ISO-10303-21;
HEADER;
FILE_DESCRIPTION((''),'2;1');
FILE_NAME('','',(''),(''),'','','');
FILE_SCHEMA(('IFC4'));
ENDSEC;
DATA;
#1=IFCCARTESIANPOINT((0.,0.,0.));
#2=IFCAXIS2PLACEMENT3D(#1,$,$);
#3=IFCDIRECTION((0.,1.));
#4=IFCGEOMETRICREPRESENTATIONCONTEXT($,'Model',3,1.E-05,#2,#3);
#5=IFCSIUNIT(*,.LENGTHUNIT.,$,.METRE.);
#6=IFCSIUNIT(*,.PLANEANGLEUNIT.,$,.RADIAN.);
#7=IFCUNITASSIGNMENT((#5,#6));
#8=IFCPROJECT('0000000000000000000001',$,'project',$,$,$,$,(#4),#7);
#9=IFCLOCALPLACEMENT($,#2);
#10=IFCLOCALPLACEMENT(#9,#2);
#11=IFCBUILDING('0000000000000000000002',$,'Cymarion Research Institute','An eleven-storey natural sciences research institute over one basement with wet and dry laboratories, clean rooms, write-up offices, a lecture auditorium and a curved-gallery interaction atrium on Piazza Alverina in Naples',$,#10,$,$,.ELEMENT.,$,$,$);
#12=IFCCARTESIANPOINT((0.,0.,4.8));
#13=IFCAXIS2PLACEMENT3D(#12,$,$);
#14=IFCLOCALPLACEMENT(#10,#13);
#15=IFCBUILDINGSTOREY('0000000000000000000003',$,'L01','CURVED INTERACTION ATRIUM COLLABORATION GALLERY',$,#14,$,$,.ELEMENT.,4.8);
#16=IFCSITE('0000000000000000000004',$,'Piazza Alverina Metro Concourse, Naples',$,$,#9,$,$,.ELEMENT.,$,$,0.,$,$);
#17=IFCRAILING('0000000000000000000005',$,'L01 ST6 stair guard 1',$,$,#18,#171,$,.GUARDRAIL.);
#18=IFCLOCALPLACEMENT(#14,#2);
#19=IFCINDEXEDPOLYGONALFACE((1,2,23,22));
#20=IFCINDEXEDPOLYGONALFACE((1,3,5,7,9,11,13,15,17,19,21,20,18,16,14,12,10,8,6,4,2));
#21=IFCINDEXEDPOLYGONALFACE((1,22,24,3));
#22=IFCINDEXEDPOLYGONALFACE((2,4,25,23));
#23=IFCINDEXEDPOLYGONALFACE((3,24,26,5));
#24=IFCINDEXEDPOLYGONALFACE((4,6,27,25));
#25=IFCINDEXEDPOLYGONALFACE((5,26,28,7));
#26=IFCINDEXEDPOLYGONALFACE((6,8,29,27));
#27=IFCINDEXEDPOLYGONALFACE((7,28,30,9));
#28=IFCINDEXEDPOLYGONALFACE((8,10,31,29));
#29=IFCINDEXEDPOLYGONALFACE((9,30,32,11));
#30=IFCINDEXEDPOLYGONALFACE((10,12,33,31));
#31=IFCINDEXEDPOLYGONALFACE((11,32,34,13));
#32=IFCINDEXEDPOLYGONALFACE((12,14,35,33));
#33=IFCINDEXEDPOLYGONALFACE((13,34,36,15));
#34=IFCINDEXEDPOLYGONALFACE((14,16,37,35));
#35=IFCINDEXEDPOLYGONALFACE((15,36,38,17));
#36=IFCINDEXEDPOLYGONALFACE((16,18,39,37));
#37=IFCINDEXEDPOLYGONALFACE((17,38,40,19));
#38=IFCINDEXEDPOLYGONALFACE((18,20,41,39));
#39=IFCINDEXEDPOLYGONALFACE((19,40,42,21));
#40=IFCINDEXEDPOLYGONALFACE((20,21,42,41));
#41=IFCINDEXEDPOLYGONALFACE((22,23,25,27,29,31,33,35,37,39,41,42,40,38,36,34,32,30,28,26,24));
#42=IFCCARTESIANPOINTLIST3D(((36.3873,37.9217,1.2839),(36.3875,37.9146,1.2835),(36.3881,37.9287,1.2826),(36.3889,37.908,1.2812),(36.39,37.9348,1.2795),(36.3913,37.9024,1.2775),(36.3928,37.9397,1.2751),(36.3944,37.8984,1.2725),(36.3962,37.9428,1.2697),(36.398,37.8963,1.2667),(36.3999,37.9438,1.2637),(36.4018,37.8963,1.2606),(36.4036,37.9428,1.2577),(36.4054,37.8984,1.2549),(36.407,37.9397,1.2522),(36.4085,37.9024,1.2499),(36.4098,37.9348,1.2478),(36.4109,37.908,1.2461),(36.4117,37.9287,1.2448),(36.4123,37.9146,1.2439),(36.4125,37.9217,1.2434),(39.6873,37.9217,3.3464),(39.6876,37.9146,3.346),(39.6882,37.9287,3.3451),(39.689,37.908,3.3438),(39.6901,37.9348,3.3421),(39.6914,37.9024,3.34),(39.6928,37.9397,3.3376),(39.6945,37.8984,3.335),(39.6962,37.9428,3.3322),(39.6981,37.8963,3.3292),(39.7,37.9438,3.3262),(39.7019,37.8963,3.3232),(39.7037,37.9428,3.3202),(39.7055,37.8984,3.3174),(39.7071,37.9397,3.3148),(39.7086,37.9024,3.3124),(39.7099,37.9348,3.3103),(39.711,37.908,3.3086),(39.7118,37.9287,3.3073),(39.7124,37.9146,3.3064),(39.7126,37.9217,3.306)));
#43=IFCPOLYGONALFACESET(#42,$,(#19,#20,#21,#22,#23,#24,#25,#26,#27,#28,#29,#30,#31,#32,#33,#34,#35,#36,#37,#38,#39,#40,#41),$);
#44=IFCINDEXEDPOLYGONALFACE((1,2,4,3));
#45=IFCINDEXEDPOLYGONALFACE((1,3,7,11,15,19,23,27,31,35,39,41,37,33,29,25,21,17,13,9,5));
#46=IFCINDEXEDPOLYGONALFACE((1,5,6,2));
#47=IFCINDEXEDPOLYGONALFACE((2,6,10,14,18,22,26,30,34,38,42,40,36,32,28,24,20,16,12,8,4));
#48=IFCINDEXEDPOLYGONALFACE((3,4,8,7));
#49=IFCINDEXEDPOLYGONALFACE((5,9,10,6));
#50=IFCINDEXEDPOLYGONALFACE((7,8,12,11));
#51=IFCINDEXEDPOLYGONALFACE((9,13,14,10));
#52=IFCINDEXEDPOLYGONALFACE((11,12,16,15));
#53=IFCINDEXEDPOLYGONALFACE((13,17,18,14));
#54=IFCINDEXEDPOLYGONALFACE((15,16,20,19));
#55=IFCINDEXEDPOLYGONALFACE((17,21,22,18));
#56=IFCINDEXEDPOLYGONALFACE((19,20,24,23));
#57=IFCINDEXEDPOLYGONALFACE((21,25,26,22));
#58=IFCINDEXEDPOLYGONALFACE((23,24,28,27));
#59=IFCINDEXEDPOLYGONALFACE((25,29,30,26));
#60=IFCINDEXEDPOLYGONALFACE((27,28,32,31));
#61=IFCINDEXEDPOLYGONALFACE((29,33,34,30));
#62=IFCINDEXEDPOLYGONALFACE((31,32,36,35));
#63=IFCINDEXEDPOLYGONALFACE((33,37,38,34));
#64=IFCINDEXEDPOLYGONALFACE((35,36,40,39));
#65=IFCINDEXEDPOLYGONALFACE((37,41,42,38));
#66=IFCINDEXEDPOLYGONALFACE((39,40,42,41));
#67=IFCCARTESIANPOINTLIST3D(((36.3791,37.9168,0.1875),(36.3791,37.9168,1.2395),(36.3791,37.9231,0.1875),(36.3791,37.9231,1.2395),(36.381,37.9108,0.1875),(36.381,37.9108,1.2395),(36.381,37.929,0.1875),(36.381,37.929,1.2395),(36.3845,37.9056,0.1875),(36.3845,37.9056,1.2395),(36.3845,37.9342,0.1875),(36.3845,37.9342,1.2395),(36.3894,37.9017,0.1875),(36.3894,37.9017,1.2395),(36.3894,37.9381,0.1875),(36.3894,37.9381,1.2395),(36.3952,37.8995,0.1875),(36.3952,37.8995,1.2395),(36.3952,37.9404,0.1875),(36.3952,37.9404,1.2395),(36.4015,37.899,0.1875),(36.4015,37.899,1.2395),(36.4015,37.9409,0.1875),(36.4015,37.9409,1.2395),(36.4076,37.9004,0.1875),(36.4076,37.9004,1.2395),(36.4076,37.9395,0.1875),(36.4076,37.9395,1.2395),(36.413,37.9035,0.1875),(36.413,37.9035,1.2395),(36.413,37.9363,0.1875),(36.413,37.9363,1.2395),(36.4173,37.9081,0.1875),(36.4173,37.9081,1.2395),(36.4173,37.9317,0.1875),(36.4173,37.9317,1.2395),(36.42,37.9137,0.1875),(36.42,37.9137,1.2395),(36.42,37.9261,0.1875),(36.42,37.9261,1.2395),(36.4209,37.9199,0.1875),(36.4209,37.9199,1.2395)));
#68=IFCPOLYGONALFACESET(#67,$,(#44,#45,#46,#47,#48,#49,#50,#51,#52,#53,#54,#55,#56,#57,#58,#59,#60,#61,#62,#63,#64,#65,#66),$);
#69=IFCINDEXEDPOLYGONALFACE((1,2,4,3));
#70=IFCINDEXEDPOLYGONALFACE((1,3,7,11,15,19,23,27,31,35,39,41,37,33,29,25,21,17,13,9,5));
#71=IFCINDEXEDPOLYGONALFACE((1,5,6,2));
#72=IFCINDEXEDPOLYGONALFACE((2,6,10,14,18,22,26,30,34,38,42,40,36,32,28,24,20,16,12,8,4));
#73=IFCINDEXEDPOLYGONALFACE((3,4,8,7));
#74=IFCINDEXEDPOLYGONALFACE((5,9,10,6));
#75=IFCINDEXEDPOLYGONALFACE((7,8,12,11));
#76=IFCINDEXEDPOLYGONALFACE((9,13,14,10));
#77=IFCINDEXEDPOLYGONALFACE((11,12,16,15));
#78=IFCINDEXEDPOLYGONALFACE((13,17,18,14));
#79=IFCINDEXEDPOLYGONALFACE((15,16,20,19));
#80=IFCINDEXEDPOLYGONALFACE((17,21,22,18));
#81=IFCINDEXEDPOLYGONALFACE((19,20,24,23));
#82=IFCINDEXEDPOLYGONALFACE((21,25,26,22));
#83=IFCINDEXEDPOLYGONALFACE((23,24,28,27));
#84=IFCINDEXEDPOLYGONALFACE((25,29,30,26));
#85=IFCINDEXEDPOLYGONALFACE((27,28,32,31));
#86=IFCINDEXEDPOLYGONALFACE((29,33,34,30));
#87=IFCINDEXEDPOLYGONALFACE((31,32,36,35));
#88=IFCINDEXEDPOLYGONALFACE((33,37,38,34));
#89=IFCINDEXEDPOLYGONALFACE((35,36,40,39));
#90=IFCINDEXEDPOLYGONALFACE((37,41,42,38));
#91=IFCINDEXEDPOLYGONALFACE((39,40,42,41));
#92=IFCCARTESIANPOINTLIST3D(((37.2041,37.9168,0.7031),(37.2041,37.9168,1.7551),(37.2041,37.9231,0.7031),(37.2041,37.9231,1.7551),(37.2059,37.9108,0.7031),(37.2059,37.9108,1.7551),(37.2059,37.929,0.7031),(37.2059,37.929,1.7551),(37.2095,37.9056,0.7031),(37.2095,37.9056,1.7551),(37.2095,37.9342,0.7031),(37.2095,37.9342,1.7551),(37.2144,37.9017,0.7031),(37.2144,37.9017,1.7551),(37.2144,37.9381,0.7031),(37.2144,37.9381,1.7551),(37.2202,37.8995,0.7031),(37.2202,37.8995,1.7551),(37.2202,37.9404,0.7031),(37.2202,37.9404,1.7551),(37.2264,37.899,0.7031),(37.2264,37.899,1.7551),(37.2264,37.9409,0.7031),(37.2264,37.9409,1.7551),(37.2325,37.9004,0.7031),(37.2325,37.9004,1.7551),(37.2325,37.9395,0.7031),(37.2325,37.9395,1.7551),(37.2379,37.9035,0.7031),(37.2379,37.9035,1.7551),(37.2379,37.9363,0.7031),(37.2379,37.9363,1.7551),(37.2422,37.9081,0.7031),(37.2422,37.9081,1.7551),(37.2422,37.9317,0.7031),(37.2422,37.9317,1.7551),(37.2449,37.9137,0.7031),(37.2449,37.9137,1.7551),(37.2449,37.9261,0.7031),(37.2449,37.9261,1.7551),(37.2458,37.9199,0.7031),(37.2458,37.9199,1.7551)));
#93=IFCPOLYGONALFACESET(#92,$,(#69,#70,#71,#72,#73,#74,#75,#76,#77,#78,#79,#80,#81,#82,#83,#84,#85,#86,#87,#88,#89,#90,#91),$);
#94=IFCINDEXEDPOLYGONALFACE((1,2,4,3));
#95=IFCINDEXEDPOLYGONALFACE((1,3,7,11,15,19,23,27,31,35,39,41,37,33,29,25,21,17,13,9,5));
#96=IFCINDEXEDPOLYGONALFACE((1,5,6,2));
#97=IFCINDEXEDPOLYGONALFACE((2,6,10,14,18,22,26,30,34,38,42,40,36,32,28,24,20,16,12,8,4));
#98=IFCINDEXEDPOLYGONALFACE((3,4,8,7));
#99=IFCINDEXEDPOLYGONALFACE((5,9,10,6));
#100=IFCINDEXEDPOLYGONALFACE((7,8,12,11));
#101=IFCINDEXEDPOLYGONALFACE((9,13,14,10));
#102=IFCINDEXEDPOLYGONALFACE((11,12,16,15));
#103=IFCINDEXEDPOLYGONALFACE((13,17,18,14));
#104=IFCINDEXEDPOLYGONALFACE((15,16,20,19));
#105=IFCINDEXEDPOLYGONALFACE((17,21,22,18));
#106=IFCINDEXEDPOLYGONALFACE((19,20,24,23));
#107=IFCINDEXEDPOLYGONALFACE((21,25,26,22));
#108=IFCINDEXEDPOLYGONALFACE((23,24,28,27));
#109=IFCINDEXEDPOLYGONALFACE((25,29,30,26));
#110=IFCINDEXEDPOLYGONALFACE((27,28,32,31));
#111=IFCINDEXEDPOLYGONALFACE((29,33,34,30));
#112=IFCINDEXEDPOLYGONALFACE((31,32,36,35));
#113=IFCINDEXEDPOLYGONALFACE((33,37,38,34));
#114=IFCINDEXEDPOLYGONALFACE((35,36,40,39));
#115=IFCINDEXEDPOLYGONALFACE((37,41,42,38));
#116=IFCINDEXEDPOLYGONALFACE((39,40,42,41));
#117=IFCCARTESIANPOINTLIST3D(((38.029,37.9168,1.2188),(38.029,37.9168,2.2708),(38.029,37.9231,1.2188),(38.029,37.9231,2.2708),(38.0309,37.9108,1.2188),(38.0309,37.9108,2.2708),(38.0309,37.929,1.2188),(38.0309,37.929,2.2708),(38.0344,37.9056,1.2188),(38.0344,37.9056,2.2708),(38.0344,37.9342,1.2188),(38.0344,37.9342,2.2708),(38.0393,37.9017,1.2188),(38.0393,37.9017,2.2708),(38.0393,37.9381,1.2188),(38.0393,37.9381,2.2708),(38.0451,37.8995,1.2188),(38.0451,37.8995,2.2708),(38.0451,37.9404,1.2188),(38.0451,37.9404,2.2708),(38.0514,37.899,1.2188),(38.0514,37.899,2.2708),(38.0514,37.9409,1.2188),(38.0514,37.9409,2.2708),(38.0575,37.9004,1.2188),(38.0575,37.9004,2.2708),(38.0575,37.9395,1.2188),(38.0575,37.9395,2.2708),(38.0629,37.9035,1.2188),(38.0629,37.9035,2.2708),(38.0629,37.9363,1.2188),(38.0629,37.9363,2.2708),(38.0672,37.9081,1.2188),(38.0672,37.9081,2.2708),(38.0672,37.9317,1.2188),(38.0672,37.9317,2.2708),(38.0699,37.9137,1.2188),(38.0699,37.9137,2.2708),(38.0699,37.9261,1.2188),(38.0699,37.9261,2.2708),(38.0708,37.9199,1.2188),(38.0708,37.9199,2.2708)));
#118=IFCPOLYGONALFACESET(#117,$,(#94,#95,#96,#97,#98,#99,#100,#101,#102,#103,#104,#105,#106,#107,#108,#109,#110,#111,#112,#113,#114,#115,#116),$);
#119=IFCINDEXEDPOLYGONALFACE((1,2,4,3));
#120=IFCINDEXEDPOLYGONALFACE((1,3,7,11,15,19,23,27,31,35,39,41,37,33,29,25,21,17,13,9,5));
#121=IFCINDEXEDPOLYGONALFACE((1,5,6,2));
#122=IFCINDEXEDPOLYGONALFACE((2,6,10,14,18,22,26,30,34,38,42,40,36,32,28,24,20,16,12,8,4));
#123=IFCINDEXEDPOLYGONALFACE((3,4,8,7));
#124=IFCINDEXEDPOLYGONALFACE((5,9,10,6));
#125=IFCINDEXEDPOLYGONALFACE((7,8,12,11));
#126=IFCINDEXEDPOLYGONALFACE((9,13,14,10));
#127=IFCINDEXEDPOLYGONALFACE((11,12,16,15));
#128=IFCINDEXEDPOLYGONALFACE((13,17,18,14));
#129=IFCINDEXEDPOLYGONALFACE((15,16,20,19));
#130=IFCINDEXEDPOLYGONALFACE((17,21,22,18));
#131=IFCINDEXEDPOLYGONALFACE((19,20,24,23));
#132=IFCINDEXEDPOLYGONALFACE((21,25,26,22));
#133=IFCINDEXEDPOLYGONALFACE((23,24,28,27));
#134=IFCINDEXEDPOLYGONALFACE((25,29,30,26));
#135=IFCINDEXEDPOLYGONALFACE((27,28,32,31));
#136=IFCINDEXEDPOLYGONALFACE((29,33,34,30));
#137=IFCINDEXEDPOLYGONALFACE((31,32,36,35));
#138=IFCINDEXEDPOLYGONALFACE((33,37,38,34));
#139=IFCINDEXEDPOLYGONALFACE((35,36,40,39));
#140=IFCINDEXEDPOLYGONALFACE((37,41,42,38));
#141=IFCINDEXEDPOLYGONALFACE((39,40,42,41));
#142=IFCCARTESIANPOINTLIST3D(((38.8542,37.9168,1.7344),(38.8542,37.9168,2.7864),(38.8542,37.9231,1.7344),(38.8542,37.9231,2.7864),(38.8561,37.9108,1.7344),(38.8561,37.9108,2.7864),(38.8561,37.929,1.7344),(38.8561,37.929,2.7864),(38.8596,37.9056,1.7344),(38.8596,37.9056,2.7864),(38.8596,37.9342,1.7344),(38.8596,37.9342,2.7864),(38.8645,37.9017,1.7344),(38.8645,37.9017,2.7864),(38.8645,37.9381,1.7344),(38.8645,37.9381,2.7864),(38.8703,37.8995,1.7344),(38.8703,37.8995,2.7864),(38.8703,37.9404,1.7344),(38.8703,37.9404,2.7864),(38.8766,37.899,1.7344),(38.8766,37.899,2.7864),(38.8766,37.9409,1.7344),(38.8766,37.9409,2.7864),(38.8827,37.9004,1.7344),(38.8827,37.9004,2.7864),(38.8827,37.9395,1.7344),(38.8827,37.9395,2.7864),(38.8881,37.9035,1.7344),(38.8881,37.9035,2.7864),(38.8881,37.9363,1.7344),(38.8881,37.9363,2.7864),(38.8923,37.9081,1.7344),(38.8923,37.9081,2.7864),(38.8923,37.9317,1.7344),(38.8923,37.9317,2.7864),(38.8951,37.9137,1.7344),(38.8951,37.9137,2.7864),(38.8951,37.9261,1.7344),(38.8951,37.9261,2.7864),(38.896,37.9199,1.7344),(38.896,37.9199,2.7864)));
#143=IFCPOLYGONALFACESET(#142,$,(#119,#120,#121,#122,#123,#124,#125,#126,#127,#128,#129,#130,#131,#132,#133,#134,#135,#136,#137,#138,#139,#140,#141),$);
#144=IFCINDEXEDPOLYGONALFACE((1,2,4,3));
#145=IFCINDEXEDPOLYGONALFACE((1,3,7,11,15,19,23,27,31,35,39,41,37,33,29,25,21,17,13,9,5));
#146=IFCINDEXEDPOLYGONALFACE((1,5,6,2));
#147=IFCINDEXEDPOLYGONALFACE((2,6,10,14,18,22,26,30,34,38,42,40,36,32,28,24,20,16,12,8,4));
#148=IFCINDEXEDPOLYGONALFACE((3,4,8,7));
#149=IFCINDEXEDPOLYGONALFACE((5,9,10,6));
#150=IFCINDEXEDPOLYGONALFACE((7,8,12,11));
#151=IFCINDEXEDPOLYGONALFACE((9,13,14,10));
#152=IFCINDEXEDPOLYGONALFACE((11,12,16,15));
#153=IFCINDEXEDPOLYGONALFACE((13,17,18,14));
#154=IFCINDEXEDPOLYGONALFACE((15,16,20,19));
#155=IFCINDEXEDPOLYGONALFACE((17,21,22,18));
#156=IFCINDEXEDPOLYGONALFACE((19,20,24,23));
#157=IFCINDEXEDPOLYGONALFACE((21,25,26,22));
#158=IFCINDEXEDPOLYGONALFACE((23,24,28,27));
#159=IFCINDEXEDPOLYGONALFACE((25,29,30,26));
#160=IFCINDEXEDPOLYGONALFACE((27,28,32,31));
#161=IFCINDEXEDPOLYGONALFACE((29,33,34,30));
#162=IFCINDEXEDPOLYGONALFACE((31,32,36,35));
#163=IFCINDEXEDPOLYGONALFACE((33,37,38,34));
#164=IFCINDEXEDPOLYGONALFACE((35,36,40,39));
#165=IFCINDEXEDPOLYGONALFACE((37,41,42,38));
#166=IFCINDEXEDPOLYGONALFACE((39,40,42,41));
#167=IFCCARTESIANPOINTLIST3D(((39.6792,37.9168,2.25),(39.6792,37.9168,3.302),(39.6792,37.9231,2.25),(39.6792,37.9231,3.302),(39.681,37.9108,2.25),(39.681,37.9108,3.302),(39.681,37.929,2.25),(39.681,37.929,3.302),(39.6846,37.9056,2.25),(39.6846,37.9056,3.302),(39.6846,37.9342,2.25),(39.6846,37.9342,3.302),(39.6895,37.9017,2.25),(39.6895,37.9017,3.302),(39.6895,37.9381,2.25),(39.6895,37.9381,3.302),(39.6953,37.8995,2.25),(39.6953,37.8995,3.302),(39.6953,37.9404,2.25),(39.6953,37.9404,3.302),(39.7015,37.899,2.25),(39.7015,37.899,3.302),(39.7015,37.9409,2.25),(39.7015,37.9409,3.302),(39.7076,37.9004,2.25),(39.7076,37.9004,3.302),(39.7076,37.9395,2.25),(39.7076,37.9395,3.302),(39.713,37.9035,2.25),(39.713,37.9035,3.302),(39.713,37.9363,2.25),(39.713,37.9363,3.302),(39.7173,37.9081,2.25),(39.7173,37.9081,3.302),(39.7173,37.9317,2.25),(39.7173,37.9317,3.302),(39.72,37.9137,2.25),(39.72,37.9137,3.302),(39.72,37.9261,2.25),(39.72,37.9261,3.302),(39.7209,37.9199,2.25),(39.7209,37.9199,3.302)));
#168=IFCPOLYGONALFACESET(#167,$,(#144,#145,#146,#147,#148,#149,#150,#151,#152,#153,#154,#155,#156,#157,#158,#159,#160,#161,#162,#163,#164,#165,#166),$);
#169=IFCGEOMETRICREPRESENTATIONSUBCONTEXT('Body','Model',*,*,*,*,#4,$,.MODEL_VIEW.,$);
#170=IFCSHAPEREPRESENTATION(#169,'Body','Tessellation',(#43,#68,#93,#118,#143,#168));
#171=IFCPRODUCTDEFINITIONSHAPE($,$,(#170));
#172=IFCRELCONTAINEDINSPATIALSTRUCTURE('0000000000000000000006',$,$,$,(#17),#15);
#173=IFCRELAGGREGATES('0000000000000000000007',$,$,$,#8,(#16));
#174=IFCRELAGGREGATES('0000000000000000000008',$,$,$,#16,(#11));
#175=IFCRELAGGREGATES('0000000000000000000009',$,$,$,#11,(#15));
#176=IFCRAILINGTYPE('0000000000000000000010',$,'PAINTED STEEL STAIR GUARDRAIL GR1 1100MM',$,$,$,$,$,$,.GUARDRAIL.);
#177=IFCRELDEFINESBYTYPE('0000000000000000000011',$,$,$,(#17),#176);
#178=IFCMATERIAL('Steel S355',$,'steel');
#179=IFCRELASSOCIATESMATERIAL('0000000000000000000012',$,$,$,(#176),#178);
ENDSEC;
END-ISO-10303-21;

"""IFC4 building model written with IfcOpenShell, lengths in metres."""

from ifc_helpers import new_model, si_unit, direction, frame, origin, origin_2d, place, context, subcontext, project, spatial, circle, extrude, material, type_object, element, save


model = new_model("IFC4")

# Units and contexts
model_context = context("Model", 3, precision=1e-05, world=origin(), true_north=direction((0.0, 1.0)))
body_context = subcontext(model_context, "Body", "Model", "MODEL_VIEW")
ifc_project = project(units=[si_unit("LENGTHUNIT", "METRE"), si_unit("PLANEANGLEUNIT", "RADIAN")], contexts=[model_context])

# Site, building, storey
site_placement = place(None, origin())
site = spatial("IfcSite", under=ifc_project, at=site_placement, Name="Piazza Alverina Metro Concourse, Naples", CompositionType="ELEMENT", RefElevation=0.0)
building_placement = place(site_placement, origin())
building = spatial("IfcBuilding", under=site, at=building_placement, Name="Cymarion Research Institute", Description="An eleven-storey natural sciences research institute over one basement with wet and dry laboratories, clean rooms, write-up offices, a lecture auditorium and a curved-gallery interaction atrium on Piazza Alverina in Naples", CompositionType="ELEMENT")
storey_placement = place(building_placement, frame((0.0, 0.0, 4.8)))
storey = spatial("IfcBuildingStorey", under=building, at=storey_placement, Name="L01", Description="CURVED INTERACTION ATRIUM COLLABORATION GALLERY", CompositionType="ELEMENT", Elevation=4.8)

# Shared definitions
ifc_material_1 = material(Name="Steel S355", Category="steel")

# Railing
railing_type_1 = type_object("IfcRailingType", Name="PAINTED STEEL STAIR GUARDRAIL GR1 1100MM", PredefinedType="GUARDRAIL", material=ifc_material_1)
railing_1_placement = place(storey_placement, frame((36.3999, 37.9199, 0.1875)))
element("IfcRailing", 1, at=railing_1_placement, inside=storey, type_object=railing_type_1, Name="L01 ST6 stair guard 1", PredefinedType="GUARDRAIL", context=body_context, shape_type="SweptSolid", body=[
    extrude(circle(Radius=0.0239, at=origin_2d()), frame((0.0, 0.0, 1.0762), z_axis=(0.848002, 0.0, 0.529993), x_axis=(0.0, 1.0, 0.0)), (0.0, 0.0, 1.0), 3.8916),
    extrude(circle(Radius=0.021, at=origin_2d()), origin(), (0.0, 0.0, 1.0), 1.052),
    extrude(circle(Radius=0.021, at=origin_2d()), frame((0.825, 0.0, 0.5156)), (0.0, 0.0, 1.0), 1.052),
    extrude(circle(Radius=0.021, at=origin_2d()), frame((1.6499, 0.0, 1.0312)), (0.0, 0.0, 1.0), 1.052),
    extrude(circle(Radius=0.021, at=origin_2d()), frame((2.4751, 0.0, 1.5469)), (0.0, 0.0, 1.0), 1.052),
    extrude(circle(Radius=0.021, at=origin_2d()), frame((3.3, 0.0, 2.0625)), (0.0, 0.0, 1.0), 1.052),
])

save(model, "model.ifc")
